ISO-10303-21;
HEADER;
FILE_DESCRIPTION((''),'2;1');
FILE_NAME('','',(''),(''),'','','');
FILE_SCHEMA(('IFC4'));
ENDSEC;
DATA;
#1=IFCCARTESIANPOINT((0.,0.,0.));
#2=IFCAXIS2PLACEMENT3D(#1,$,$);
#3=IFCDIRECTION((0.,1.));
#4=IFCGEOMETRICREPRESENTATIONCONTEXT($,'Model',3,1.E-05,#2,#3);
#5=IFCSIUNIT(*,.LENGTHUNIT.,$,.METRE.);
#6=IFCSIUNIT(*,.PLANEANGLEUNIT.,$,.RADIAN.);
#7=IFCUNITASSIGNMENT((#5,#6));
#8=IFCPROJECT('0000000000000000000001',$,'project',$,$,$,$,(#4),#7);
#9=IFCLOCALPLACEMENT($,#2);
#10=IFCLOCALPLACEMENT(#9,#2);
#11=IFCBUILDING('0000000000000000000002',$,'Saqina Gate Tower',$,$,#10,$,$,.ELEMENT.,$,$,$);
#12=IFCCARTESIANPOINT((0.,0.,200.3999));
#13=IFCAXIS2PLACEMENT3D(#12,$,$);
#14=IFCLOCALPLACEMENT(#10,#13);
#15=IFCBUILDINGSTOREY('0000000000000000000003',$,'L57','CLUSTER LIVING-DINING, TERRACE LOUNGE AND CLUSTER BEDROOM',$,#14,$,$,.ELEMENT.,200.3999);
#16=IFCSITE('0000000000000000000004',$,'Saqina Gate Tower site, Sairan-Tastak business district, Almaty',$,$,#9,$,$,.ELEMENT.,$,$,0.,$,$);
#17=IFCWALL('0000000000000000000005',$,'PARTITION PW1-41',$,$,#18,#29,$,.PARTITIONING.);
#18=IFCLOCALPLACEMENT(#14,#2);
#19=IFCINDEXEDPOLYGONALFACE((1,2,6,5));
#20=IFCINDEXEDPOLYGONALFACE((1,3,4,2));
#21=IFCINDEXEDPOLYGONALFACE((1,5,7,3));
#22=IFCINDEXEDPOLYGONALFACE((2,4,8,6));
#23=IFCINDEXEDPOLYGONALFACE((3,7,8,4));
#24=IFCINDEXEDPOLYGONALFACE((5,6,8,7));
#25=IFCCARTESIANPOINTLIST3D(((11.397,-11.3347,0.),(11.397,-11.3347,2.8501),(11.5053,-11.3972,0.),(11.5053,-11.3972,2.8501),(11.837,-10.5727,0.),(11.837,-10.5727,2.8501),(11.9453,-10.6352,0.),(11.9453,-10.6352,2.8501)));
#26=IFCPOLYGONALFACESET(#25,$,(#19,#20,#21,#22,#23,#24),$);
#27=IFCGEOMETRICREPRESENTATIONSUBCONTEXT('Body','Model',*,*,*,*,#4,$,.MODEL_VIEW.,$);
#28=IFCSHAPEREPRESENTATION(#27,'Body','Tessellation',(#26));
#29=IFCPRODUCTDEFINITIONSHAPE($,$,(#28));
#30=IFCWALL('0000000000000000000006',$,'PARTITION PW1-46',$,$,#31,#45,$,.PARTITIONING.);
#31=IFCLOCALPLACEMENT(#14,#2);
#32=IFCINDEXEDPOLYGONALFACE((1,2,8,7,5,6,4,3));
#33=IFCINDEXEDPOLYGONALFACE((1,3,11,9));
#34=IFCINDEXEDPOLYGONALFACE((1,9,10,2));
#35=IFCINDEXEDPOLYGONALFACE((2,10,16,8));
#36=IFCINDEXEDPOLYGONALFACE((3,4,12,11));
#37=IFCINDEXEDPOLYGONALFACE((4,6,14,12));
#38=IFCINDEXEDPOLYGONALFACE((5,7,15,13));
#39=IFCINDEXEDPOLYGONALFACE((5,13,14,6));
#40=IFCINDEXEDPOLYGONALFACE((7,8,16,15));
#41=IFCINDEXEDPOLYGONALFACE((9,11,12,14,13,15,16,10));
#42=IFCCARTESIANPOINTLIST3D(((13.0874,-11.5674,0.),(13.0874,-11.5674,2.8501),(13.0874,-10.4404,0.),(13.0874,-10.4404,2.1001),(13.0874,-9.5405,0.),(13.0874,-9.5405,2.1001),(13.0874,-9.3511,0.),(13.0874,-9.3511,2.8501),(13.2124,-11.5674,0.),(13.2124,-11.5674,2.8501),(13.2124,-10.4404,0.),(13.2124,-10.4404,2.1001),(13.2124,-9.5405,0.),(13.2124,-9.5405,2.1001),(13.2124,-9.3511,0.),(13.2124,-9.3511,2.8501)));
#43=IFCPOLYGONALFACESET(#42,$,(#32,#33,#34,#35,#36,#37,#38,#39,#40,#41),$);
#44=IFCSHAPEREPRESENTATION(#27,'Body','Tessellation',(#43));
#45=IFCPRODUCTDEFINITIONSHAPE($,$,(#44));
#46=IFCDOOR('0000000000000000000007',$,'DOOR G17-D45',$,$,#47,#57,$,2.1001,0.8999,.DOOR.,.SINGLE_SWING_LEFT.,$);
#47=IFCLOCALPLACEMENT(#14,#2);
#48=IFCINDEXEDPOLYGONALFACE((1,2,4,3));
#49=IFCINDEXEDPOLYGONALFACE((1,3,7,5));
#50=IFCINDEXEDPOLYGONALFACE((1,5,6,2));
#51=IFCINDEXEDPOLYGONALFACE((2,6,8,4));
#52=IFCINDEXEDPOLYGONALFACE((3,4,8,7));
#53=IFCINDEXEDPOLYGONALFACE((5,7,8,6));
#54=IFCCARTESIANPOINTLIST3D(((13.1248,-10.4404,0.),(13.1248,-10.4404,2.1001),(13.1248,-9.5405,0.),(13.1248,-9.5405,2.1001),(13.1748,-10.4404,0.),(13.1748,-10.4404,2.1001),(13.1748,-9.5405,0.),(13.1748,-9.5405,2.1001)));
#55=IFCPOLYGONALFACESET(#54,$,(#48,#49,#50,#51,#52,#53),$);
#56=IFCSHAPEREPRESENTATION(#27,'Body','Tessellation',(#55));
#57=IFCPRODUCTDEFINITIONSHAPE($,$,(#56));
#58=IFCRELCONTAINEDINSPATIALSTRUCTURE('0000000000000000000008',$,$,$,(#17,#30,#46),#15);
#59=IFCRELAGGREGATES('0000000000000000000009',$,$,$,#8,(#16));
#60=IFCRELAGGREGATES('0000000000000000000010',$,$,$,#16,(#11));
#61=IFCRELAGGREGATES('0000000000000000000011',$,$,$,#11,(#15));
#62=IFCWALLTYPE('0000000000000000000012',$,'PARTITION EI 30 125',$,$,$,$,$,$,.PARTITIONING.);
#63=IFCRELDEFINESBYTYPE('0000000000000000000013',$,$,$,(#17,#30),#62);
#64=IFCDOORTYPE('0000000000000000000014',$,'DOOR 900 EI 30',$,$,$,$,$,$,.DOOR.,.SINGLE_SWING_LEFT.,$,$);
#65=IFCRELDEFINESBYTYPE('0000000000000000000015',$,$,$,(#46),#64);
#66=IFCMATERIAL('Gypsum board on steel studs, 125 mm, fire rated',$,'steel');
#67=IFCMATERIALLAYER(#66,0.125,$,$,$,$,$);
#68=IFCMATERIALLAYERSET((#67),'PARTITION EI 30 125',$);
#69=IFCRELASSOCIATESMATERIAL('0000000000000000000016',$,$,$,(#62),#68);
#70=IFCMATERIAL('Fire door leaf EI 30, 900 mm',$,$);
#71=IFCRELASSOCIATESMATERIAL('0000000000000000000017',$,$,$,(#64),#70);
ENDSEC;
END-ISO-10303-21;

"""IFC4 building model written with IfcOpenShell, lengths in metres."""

from ifc_helpers import new_model, si_unit, direction, frame, frame_2d, origin, place, context, subcontext, project, spatial, rectangle, extrude, material, layer, layer_set, type_object, element, fill, save


model = new_model("IFC4")

# Units and contexts
model_context = context("Model", 3, precision=1e-05, world=origin(), true_north=direction((0.0, 1.0)))
body_context = subcontext(model_context, "Body", "Model", "MODEL_VIEW")
ifc_project = project(units=[si_unit("LENGTHUNIT", "METRE"), si_unit("PLANEANGLEUNIT", "RADIAN")], contexts=[model_context])

# Site, building, storey
site_placement = place(None, origin())
site = spatial("IfcSite", under=ifc_project, at=site_placement, Name="Saqina Gate Tower site, Sairan-Tastak business district, Almaty", CompositionType="ELEMENT", RefElevation=0.0)
building_placement = place(site_placement, origin())
building = spatial("IfcBuilding", under=site, at=building_placement, Name="Saqina Gate Tower", CompositionType="ELEMENT")
storey_placement = place(building_placement, frame((0.0, 0.0, 200.3999)))
storey = spatial("IfcBuildingStorey", under=building, at=storey_placement, Name="L57", Description="CLUSTER LIVING-DINING, TERRACE LOUNGE AND CLUSTER BEDROOM", CompositionType="ELEMENT", Elevation=200.3999)

# Wall
ifc_material_1 = material(Name="Gypsum board on steel studs, 125 mm, fire rated", Category="steel")
ifc_layer_1 = layer(ifc_material_1, 0.125)
ifc_layer_set_1 = layer_set([ifc_layer_1], Name="PARTITION EI 30 125")
wall_type_1 = type_object("IfcWallType", Name="PARTITION EI 30 125", PredefinedType="PARTITIONING", material=ifc_layer_set_1)
wall_1_placement = place(storey_placement, frame((11.4512, -11.366, 0.0), z_axis=(0.0, 0.0, 1.0), x_axis=(0.500019, 0.866015, 0.0)))
element("IfcWall", 1, at=wall_1_placement, inside=storey, type_object=wall_type_1, Name="PARTITION PW1-41", PredefinedType="PARTITIONING", context=body_context, shape_type="SweptSolid", body=[
    extrude(rectangle(XDim=0.8799, YDim=0.125, at=frame_2d((0.4399, 0.0))), origin(), (0.0, 0.0, 1.0), 2.8501),
])

# Wall, opening, door
wall_2_placement = place(storey_placement, frame((13.1499, -11.5674, 0.0), z_axis=(0.0, 0.0, 1.0), x_axis=(0.0, 1.0, 0.0)))
wall_2 = element("IfcWall", 2, at=wall_2_placement, inside=storey, type_object=wall_type_1, Name="PARTITION PW1-46", PredefinedType="PARTITIONING", context=body_context, shape_type="SweptSolid", body=[
    extrude(rectangle(XDim=2.2163, YDim=0.125, at=frame_2d((1.1082, 0.0))), origin(), (0.0, 0.0, 1.0), 2.8501),
])
opening_1_placement = place(wall_2_placement, frame((1.127, 0.0, 0.0)))
opening_1 = element("IfcOpeningElement", 3, at=opening_1_placement, cuts=wall_2, PredefinedType="OPENING", context=body_context, shape_type="SweptSolid", body=[
    extrude(rectangle(XDim=0.8999, YDim=2.1001, at=frame_2d((0.45, 1.05))), frame((0.0, 0.0745, 0.0), z_axis=(0.0, -1.0, 0.0), x_axis=(1.0, 0.0, 0.0)), (0.0, 0.0, 1.0), 0.1489),
])
ifc_material_2 = material(Name="Fire door leaf EI 30, 900 mm")
door_type_1 = type_object("IfcDoorType", Name="DOOR 900 EI 30", OperationType="SINGLE_SWING_LEFT", PredefinedType="DOOR", material=ifc_material_2)
door_1_placement = place(opening_1_placement, frame((0.8999, 0.0, 0.0), z_axis=(0.0, 0.0, 1.0), x_axis=(-1.0, 0.0, 0.0)))
door_1 = element("IfcDoor", 4, at=door_1_placement, inside=storey, type_object=door_type_1, Name="DOOR G17-D45", OperationType="SINGLE_SWING_LEFT", OverallHeight=2.1001, OverallWidth=0.8999, PredefinedType="DOOR", context=body_context, shape_type="SweptSolid", body=[
    extrude(rectangle(XDim=0.8999, YDim=2.1001, at=frame_2d((0.45, 1.05))), frame((0.0, 0.0249, 0.0), z_axis=(0.0, -1.0, 0.0), x_axis=(1.0, 0.0, 0.0)), (0.0, 0.0, 1.0), 0.05),
])
fill(opening_1, door_1)

save(model, "model.ifc")
